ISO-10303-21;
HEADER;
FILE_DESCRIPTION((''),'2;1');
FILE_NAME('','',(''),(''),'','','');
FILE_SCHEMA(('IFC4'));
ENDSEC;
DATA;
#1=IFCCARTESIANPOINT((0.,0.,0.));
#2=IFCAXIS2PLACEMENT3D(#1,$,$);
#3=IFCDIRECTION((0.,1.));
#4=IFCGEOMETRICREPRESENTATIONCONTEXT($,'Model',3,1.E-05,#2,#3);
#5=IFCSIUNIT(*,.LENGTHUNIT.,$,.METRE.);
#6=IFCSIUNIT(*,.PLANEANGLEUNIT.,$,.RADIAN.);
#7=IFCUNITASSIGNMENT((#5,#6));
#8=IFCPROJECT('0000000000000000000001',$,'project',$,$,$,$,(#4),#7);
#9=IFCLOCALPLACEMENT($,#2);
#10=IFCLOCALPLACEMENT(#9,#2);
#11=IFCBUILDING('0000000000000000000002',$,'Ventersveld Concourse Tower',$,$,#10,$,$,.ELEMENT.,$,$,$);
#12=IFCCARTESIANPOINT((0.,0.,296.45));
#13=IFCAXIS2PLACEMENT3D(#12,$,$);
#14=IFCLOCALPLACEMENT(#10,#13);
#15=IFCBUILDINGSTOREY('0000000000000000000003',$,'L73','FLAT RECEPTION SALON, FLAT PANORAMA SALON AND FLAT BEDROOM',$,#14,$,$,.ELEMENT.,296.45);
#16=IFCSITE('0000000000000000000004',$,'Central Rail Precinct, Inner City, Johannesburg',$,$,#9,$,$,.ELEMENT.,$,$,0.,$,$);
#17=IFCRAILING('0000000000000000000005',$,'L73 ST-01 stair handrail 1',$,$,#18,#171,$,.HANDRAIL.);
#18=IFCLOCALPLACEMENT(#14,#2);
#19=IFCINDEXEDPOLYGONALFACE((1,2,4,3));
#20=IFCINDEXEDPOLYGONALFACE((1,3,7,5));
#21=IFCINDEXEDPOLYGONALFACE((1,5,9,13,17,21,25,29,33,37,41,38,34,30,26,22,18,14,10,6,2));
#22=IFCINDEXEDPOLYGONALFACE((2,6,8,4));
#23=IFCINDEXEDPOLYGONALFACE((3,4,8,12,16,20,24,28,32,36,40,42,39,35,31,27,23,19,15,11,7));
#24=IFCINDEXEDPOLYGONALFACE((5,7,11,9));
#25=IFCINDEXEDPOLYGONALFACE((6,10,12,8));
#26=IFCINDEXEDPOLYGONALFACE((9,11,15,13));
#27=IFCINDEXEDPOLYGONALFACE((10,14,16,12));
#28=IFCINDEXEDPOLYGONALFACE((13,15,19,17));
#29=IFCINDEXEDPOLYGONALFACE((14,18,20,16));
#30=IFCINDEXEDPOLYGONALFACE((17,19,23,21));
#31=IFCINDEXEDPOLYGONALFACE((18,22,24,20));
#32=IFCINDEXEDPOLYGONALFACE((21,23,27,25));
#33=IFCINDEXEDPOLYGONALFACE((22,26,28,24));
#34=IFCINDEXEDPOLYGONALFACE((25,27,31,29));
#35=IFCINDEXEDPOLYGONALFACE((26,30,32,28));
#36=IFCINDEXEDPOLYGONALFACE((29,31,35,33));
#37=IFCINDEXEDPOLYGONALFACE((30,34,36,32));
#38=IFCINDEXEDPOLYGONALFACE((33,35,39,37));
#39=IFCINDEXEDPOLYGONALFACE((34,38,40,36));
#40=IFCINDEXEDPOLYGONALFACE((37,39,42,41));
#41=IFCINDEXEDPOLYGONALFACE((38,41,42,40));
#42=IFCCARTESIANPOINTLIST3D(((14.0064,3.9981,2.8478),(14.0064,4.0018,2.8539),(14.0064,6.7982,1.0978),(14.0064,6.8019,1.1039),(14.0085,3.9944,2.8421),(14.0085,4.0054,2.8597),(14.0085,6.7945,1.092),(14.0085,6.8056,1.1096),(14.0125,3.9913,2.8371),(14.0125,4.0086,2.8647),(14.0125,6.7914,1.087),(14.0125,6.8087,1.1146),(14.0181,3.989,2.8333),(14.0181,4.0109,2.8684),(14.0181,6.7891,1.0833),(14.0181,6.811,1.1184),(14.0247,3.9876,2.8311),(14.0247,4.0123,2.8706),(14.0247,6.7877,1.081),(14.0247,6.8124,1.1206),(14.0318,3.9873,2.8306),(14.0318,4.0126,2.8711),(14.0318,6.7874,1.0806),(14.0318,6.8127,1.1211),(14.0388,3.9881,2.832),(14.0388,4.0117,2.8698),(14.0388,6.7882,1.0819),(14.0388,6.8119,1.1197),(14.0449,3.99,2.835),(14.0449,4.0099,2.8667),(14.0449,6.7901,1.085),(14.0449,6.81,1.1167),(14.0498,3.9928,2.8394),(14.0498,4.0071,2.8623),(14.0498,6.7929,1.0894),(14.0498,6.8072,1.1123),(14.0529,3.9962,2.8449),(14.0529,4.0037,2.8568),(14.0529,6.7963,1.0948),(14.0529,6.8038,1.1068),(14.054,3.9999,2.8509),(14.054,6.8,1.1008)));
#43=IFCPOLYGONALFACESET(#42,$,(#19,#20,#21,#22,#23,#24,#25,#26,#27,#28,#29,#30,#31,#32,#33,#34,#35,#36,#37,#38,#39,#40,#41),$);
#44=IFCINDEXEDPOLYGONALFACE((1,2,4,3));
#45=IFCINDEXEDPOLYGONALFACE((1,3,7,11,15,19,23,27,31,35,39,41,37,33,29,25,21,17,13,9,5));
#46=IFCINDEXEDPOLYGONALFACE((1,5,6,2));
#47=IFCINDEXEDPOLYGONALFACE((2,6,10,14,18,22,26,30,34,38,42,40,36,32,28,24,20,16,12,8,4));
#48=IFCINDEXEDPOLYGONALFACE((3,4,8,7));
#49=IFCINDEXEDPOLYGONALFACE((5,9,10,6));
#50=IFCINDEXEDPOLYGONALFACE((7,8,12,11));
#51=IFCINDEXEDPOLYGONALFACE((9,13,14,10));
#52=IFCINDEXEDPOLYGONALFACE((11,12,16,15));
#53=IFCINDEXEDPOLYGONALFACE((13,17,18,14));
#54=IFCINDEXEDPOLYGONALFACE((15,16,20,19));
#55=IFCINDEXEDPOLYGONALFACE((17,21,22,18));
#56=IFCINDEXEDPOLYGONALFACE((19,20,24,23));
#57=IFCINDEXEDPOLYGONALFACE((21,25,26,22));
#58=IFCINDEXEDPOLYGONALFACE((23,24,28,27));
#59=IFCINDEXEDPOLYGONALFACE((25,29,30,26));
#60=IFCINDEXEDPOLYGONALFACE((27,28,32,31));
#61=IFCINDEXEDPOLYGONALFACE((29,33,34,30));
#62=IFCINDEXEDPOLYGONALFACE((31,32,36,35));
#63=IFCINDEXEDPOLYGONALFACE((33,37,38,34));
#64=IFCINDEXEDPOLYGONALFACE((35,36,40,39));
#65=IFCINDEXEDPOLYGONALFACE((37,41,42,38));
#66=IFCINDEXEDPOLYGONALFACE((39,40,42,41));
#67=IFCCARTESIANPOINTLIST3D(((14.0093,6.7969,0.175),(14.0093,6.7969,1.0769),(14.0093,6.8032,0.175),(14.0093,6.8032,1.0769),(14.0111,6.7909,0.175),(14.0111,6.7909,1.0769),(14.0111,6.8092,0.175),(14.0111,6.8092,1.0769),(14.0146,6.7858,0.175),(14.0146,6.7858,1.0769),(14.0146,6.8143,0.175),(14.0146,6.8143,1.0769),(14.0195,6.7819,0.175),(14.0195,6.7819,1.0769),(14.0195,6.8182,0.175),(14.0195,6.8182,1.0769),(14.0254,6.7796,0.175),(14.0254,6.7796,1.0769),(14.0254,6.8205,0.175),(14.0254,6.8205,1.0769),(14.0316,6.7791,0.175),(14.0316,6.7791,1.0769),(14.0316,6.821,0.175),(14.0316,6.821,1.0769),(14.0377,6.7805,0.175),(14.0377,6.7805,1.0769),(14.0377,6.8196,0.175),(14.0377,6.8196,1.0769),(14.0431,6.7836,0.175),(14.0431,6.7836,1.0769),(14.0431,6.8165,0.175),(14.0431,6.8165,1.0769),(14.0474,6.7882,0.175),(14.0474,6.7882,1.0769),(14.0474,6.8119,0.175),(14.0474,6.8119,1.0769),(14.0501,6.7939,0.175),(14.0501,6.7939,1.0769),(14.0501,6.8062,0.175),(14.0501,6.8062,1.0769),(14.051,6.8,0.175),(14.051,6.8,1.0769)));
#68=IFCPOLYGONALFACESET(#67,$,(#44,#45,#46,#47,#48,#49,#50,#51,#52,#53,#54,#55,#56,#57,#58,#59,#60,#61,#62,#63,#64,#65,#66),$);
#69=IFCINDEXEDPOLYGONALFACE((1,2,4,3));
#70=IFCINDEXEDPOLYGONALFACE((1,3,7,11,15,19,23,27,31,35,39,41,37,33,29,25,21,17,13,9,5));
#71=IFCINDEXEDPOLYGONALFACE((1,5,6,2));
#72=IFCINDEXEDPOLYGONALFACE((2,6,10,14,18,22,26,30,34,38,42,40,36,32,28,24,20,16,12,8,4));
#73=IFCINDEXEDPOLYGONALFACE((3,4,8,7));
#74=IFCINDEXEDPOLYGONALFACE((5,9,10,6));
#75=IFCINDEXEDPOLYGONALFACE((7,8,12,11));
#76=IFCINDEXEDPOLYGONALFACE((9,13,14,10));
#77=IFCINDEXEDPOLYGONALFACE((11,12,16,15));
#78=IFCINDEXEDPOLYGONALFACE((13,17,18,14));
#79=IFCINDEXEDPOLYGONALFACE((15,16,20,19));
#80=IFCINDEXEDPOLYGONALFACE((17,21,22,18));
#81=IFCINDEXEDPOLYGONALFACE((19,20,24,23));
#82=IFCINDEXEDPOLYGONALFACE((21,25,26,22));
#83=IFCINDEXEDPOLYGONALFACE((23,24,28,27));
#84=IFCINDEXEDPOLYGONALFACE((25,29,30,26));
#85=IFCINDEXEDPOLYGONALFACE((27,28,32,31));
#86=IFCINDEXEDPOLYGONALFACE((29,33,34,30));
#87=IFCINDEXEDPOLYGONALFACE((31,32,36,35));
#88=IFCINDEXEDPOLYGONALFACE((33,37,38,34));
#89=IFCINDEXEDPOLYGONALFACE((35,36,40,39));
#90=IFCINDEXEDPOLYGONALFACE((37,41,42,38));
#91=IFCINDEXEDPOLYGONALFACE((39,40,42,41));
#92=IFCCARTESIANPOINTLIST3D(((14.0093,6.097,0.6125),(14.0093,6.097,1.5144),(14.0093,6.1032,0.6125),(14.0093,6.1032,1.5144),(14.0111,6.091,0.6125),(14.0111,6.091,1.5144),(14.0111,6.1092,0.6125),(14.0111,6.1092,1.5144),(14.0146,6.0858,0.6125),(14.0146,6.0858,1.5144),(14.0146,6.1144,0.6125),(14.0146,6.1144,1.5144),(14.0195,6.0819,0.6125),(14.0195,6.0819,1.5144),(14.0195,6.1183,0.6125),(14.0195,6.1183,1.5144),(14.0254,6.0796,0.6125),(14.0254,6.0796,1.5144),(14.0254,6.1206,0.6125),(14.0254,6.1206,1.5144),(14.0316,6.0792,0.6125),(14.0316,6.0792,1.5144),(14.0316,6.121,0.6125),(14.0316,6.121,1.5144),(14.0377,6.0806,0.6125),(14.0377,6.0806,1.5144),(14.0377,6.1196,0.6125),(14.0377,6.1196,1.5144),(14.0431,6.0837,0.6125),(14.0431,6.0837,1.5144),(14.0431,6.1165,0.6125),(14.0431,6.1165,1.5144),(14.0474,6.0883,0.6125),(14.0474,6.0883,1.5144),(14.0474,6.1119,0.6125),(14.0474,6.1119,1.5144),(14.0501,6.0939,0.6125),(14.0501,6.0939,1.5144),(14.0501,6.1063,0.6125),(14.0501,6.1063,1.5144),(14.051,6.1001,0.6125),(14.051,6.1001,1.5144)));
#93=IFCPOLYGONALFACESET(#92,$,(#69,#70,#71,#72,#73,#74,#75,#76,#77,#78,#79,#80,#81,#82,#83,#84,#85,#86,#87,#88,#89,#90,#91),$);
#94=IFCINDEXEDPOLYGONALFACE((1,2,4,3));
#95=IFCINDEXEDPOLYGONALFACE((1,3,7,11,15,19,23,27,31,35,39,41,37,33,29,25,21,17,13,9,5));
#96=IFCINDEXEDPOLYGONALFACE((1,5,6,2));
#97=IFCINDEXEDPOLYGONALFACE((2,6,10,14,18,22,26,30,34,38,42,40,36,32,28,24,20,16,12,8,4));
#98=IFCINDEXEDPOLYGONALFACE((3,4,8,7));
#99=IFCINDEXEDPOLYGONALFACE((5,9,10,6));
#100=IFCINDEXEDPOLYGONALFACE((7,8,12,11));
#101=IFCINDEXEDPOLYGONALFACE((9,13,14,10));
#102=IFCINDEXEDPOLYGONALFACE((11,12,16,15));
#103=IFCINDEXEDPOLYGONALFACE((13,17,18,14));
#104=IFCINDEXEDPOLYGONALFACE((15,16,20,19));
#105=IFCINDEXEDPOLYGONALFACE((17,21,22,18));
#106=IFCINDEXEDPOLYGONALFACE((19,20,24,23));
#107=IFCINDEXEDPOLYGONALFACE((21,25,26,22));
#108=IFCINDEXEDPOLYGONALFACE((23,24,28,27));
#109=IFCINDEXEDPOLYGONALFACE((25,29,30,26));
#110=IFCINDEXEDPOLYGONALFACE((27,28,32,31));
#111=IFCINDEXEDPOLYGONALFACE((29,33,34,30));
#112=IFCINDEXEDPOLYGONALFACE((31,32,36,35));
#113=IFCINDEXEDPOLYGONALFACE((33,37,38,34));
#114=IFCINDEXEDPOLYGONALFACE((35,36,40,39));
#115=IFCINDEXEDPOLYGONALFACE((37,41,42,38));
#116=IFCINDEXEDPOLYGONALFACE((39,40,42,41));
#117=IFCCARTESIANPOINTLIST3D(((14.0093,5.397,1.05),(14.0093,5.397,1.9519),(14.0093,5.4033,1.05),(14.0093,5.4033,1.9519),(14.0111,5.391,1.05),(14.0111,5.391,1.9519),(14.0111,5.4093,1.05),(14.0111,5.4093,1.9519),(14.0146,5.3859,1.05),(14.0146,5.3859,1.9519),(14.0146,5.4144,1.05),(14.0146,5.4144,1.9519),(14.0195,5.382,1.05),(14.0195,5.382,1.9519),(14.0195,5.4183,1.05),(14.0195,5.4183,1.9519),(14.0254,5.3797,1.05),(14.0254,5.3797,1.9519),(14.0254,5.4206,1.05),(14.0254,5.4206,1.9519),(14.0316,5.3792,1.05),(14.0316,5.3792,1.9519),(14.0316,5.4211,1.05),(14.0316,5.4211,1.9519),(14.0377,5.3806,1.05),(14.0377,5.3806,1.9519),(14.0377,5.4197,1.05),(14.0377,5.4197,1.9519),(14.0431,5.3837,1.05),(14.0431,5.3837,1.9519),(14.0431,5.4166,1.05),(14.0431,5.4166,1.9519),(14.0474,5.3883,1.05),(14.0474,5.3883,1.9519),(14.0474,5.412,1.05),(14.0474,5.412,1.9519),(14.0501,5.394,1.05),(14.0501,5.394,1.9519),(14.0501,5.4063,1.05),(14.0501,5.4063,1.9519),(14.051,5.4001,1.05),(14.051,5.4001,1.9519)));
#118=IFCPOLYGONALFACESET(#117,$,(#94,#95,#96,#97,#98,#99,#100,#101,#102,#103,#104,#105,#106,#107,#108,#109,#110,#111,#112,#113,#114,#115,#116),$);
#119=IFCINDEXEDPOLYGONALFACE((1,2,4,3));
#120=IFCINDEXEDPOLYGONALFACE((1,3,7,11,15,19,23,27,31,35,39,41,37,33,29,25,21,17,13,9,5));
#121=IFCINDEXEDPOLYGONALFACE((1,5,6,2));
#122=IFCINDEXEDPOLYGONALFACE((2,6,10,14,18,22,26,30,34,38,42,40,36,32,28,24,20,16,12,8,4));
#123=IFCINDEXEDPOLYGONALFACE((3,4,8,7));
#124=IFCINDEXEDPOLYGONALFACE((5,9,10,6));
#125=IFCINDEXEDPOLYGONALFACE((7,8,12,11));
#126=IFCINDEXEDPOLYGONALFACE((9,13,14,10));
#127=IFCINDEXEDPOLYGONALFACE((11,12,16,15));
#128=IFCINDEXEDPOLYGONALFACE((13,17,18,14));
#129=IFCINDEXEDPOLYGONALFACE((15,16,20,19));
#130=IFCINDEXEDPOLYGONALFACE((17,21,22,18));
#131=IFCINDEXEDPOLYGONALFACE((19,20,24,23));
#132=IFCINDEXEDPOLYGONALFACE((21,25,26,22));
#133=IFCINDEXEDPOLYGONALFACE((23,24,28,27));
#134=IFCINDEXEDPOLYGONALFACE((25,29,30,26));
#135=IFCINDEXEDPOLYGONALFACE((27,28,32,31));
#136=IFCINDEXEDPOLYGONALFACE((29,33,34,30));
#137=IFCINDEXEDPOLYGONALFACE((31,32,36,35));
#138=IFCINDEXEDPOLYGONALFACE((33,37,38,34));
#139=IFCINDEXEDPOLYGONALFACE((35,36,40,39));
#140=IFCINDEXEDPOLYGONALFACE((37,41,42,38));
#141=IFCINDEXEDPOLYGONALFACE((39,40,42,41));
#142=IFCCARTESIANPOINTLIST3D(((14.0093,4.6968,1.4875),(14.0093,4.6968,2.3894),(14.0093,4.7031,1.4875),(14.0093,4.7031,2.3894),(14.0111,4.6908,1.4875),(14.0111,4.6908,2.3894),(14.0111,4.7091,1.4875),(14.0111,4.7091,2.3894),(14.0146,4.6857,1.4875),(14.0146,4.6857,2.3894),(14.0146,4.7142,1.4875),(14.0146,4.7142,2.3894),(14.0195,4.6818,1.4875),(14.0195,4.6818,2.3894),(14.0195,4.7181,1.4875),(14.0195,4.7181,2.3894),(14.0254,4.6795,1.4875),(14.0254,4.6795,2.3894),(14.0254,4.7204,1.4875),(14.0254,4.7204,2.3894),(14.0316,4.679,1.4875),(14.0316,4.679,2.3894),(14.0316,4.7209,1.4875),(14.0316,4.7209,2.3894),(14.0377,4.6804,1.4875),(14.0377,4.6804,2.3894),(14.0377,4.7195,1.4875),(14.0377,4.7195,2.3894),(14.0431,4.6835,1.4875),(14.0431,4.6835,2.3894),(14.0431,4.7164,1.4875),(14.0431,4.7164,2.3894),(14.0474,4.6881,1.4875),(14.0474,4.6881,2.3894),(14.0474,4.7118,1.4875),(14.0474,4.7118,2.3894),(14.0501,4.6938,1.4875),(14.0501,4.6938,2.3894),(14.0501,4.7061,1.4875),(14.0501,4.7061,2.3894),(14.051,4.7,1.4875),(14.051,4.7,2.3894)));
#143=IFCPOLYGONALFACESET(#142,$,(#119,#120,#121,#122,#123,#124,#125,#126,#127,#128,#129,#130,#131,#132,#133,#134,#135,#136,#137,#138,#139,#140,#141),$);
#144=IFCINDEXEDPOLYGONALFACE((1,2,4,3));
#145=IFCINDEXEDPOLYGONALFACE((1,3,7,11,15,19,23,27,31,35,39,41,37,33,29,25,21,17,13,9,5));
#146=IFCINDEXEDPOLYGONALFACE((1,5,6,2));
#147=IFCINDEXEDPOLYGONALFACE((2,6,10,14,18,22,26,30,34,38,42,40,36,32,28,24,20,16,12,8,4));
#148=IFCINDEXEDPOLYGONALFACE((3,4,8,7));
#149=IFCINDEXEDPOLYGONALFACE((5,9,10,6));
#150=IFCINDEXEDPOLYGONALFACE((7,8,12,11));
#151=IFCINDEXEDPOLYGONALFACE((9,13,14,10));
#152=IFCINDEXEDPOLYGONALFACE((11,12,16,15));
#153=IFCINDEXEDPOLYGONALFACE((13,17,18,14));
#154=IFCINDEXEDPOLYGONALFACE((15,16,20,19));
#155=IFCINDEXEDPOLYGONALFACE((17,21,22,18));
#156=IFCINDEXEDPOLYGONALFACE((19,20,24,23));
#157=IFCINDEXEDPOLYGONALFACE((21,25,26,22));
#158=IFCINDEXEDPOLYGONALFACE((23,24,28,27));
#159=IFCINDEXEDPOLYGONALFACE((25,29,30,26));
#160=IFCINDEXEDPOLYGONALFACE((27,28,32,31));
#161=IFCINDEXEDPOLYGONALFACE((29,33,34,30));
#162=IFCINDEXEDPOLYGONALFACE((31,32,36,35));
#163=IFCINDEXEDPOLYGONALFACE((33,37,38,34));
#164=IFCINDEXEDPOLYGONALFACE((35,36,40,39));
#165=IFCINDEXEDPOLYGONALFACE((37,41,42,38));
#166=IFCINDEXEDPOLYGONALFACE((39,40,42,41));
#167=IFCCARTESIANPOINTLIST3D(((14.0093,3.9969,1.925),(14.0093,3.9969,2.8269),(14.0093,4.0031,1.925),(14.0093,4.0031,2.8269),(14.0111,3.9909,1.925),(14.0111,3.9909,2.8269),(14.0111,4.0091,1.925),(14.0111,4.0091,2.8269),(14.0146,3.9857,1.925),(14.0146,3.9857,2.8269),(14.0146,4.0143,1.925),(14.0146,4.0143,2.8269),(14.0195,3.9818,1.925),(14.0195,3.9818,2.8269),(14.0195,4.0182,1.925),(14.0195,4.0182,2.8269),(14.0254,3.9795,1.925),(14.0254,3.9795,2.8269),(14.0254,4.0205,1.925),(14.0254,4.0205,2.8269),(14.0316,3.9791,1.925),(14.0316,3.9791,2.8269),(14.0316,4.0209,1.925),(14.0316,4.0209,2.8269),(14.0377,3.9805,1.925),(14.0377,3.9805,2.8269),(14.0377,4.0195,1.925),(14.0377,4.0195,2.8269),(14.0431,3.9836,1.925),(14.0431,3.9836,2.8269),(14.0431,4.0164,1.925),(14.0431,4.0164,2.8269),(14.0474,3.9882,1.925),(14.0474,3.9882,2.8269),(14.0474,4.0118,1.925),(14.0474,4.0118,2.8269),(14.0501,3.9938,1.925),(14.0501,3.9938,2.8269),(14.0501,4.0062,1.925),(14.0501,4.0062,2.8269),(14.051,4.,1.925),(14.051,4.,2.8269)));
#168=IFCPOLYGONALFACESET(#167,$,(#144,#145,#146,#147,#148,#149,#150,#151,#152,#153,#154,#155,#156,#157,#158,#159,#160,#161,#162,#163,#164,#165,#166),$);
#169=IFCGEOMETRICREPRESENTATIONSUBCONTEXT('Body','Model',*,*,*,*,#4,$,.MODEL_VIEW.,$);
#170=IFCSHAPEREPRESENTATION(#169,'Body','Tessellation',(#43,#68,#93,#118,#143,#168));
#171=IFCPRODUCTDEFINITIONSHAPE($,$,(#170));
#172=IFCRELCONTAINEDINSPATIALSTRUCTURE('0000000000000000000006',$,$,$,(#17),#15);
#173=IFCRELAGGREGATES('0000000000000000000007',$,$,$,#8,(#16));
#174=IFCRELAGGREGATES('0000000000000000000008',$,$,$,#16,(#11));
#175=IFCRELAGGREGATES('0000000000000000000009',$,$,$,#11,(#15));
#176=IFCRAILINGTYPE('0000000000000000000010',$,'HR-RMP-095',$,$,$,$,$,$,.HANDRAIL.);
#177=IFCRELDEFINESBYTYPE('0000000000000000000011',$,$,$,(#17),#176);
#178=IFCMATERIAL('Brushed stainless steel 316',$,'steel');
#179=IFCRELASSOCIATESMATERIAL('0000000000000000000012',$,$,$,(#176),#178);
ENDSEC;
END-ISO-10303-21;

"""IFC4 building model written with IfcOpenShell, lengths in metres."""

from ifc_helpers import new_model, si_unit, direction, frame, origin, origin_2d, place, context, subcontext, project, spatial, circle, extrude, material, type_object, element, save


model = new_model("IFC4")

# Units and contexts
model_context = context("Model", 3, precision=1e-05, world=origin(), true_north=direction((0.0, 1.0)))
body_context = subcontext(model_context, "Body", "Model", "MODEL_VIEW")
ifc_project = project(units=[si_unit("LENGTHUNIT", "METRE"), si_unit("PLANEANGLEUNIT", "RADIAN")], contexts=[model_context])

# Site, building, storey
site_placement = place(None, origin())
site = spatial("IfcSite", under=ifc_project, at=site_placement, Name="Central Rail Precinct, Inner City, Johannesburg", CompositionType="ELEMENT", RefElevation=0.0)
building_placement = place(site_placement, origin())
building = spatial("IfcBuilding", under=site, at=building_placement, Name="Ventersveld Concourse Tower", CompositionType="ELEMENT")
storey_placement = place(building_placement, frame((0.0, 0.0, 296.45)))
storey = spatial("IfcBuildingStorey", under=building, at=storey_placement, Name="L73", Description="FLAT RECEPTION SALON, FLAT PANORAMA SALON AND FLAT BEDROOM", CompositionType="ELEMENT", Elevation=296.45)

# Railing
ifc_material_1 = material(Name="Brushed stainless steel 316", Category="steel")
railing_type_1 = type_object("IfcRailingType", Name="HR-RMP-095", PredefinedType="HANDRAIL", material=ifc_material_1)
railing_1_placement = place(storey_placement, frame((14.03, 6.8, 0.175)))
element("IfcRailing", 1, at=railing_1_placement, inside=storey, type_object=railing_type_1, Name="L73 ST-01 stair handrail 1", PredefinedType="HANDRAIL", context=body_context, shape_type="SweptSolid", body=[
    extrude(circle(Radius=0.0239, at=origin_2d()), frame((0.0, 0.0, 0.9258), z_axis=(0.0, -0.848002, 0.529992), x_axis=(1.0, 0.0, 0.0)), (0.0, 0.0, 1.0), 3.302),
    extrude(circle(Radius=0.021, at=origin_2d()), origin(), (0.0, 0.0, 1.0), 0.9019),
    extrude(circle(Radius=0.021, at=origin_2d()), frame((0.0, -0.7, 0.4375)), (0.0, 0.0, 1.0), 0.9019),
    extrude(circle(Radius=0.021, at=origin_2d()), frame((0.0, -1.3999, 0.875)), (0.0, 0.0, 1.0), 0.9019),
    extrude(circle(Radius=0.021, at=origin_2d()), frame((0.0, -2.1001, 1.3125)), (0.0, 0.0, 1.0), 0.9019),
    extrude(circle(Radius=0.021, at=origin_2d()), frame((0.0, -2.8, 1.75)), (0.0, 0.0, 1.0), 0.9019),
])

save(model, "model.ifc")
